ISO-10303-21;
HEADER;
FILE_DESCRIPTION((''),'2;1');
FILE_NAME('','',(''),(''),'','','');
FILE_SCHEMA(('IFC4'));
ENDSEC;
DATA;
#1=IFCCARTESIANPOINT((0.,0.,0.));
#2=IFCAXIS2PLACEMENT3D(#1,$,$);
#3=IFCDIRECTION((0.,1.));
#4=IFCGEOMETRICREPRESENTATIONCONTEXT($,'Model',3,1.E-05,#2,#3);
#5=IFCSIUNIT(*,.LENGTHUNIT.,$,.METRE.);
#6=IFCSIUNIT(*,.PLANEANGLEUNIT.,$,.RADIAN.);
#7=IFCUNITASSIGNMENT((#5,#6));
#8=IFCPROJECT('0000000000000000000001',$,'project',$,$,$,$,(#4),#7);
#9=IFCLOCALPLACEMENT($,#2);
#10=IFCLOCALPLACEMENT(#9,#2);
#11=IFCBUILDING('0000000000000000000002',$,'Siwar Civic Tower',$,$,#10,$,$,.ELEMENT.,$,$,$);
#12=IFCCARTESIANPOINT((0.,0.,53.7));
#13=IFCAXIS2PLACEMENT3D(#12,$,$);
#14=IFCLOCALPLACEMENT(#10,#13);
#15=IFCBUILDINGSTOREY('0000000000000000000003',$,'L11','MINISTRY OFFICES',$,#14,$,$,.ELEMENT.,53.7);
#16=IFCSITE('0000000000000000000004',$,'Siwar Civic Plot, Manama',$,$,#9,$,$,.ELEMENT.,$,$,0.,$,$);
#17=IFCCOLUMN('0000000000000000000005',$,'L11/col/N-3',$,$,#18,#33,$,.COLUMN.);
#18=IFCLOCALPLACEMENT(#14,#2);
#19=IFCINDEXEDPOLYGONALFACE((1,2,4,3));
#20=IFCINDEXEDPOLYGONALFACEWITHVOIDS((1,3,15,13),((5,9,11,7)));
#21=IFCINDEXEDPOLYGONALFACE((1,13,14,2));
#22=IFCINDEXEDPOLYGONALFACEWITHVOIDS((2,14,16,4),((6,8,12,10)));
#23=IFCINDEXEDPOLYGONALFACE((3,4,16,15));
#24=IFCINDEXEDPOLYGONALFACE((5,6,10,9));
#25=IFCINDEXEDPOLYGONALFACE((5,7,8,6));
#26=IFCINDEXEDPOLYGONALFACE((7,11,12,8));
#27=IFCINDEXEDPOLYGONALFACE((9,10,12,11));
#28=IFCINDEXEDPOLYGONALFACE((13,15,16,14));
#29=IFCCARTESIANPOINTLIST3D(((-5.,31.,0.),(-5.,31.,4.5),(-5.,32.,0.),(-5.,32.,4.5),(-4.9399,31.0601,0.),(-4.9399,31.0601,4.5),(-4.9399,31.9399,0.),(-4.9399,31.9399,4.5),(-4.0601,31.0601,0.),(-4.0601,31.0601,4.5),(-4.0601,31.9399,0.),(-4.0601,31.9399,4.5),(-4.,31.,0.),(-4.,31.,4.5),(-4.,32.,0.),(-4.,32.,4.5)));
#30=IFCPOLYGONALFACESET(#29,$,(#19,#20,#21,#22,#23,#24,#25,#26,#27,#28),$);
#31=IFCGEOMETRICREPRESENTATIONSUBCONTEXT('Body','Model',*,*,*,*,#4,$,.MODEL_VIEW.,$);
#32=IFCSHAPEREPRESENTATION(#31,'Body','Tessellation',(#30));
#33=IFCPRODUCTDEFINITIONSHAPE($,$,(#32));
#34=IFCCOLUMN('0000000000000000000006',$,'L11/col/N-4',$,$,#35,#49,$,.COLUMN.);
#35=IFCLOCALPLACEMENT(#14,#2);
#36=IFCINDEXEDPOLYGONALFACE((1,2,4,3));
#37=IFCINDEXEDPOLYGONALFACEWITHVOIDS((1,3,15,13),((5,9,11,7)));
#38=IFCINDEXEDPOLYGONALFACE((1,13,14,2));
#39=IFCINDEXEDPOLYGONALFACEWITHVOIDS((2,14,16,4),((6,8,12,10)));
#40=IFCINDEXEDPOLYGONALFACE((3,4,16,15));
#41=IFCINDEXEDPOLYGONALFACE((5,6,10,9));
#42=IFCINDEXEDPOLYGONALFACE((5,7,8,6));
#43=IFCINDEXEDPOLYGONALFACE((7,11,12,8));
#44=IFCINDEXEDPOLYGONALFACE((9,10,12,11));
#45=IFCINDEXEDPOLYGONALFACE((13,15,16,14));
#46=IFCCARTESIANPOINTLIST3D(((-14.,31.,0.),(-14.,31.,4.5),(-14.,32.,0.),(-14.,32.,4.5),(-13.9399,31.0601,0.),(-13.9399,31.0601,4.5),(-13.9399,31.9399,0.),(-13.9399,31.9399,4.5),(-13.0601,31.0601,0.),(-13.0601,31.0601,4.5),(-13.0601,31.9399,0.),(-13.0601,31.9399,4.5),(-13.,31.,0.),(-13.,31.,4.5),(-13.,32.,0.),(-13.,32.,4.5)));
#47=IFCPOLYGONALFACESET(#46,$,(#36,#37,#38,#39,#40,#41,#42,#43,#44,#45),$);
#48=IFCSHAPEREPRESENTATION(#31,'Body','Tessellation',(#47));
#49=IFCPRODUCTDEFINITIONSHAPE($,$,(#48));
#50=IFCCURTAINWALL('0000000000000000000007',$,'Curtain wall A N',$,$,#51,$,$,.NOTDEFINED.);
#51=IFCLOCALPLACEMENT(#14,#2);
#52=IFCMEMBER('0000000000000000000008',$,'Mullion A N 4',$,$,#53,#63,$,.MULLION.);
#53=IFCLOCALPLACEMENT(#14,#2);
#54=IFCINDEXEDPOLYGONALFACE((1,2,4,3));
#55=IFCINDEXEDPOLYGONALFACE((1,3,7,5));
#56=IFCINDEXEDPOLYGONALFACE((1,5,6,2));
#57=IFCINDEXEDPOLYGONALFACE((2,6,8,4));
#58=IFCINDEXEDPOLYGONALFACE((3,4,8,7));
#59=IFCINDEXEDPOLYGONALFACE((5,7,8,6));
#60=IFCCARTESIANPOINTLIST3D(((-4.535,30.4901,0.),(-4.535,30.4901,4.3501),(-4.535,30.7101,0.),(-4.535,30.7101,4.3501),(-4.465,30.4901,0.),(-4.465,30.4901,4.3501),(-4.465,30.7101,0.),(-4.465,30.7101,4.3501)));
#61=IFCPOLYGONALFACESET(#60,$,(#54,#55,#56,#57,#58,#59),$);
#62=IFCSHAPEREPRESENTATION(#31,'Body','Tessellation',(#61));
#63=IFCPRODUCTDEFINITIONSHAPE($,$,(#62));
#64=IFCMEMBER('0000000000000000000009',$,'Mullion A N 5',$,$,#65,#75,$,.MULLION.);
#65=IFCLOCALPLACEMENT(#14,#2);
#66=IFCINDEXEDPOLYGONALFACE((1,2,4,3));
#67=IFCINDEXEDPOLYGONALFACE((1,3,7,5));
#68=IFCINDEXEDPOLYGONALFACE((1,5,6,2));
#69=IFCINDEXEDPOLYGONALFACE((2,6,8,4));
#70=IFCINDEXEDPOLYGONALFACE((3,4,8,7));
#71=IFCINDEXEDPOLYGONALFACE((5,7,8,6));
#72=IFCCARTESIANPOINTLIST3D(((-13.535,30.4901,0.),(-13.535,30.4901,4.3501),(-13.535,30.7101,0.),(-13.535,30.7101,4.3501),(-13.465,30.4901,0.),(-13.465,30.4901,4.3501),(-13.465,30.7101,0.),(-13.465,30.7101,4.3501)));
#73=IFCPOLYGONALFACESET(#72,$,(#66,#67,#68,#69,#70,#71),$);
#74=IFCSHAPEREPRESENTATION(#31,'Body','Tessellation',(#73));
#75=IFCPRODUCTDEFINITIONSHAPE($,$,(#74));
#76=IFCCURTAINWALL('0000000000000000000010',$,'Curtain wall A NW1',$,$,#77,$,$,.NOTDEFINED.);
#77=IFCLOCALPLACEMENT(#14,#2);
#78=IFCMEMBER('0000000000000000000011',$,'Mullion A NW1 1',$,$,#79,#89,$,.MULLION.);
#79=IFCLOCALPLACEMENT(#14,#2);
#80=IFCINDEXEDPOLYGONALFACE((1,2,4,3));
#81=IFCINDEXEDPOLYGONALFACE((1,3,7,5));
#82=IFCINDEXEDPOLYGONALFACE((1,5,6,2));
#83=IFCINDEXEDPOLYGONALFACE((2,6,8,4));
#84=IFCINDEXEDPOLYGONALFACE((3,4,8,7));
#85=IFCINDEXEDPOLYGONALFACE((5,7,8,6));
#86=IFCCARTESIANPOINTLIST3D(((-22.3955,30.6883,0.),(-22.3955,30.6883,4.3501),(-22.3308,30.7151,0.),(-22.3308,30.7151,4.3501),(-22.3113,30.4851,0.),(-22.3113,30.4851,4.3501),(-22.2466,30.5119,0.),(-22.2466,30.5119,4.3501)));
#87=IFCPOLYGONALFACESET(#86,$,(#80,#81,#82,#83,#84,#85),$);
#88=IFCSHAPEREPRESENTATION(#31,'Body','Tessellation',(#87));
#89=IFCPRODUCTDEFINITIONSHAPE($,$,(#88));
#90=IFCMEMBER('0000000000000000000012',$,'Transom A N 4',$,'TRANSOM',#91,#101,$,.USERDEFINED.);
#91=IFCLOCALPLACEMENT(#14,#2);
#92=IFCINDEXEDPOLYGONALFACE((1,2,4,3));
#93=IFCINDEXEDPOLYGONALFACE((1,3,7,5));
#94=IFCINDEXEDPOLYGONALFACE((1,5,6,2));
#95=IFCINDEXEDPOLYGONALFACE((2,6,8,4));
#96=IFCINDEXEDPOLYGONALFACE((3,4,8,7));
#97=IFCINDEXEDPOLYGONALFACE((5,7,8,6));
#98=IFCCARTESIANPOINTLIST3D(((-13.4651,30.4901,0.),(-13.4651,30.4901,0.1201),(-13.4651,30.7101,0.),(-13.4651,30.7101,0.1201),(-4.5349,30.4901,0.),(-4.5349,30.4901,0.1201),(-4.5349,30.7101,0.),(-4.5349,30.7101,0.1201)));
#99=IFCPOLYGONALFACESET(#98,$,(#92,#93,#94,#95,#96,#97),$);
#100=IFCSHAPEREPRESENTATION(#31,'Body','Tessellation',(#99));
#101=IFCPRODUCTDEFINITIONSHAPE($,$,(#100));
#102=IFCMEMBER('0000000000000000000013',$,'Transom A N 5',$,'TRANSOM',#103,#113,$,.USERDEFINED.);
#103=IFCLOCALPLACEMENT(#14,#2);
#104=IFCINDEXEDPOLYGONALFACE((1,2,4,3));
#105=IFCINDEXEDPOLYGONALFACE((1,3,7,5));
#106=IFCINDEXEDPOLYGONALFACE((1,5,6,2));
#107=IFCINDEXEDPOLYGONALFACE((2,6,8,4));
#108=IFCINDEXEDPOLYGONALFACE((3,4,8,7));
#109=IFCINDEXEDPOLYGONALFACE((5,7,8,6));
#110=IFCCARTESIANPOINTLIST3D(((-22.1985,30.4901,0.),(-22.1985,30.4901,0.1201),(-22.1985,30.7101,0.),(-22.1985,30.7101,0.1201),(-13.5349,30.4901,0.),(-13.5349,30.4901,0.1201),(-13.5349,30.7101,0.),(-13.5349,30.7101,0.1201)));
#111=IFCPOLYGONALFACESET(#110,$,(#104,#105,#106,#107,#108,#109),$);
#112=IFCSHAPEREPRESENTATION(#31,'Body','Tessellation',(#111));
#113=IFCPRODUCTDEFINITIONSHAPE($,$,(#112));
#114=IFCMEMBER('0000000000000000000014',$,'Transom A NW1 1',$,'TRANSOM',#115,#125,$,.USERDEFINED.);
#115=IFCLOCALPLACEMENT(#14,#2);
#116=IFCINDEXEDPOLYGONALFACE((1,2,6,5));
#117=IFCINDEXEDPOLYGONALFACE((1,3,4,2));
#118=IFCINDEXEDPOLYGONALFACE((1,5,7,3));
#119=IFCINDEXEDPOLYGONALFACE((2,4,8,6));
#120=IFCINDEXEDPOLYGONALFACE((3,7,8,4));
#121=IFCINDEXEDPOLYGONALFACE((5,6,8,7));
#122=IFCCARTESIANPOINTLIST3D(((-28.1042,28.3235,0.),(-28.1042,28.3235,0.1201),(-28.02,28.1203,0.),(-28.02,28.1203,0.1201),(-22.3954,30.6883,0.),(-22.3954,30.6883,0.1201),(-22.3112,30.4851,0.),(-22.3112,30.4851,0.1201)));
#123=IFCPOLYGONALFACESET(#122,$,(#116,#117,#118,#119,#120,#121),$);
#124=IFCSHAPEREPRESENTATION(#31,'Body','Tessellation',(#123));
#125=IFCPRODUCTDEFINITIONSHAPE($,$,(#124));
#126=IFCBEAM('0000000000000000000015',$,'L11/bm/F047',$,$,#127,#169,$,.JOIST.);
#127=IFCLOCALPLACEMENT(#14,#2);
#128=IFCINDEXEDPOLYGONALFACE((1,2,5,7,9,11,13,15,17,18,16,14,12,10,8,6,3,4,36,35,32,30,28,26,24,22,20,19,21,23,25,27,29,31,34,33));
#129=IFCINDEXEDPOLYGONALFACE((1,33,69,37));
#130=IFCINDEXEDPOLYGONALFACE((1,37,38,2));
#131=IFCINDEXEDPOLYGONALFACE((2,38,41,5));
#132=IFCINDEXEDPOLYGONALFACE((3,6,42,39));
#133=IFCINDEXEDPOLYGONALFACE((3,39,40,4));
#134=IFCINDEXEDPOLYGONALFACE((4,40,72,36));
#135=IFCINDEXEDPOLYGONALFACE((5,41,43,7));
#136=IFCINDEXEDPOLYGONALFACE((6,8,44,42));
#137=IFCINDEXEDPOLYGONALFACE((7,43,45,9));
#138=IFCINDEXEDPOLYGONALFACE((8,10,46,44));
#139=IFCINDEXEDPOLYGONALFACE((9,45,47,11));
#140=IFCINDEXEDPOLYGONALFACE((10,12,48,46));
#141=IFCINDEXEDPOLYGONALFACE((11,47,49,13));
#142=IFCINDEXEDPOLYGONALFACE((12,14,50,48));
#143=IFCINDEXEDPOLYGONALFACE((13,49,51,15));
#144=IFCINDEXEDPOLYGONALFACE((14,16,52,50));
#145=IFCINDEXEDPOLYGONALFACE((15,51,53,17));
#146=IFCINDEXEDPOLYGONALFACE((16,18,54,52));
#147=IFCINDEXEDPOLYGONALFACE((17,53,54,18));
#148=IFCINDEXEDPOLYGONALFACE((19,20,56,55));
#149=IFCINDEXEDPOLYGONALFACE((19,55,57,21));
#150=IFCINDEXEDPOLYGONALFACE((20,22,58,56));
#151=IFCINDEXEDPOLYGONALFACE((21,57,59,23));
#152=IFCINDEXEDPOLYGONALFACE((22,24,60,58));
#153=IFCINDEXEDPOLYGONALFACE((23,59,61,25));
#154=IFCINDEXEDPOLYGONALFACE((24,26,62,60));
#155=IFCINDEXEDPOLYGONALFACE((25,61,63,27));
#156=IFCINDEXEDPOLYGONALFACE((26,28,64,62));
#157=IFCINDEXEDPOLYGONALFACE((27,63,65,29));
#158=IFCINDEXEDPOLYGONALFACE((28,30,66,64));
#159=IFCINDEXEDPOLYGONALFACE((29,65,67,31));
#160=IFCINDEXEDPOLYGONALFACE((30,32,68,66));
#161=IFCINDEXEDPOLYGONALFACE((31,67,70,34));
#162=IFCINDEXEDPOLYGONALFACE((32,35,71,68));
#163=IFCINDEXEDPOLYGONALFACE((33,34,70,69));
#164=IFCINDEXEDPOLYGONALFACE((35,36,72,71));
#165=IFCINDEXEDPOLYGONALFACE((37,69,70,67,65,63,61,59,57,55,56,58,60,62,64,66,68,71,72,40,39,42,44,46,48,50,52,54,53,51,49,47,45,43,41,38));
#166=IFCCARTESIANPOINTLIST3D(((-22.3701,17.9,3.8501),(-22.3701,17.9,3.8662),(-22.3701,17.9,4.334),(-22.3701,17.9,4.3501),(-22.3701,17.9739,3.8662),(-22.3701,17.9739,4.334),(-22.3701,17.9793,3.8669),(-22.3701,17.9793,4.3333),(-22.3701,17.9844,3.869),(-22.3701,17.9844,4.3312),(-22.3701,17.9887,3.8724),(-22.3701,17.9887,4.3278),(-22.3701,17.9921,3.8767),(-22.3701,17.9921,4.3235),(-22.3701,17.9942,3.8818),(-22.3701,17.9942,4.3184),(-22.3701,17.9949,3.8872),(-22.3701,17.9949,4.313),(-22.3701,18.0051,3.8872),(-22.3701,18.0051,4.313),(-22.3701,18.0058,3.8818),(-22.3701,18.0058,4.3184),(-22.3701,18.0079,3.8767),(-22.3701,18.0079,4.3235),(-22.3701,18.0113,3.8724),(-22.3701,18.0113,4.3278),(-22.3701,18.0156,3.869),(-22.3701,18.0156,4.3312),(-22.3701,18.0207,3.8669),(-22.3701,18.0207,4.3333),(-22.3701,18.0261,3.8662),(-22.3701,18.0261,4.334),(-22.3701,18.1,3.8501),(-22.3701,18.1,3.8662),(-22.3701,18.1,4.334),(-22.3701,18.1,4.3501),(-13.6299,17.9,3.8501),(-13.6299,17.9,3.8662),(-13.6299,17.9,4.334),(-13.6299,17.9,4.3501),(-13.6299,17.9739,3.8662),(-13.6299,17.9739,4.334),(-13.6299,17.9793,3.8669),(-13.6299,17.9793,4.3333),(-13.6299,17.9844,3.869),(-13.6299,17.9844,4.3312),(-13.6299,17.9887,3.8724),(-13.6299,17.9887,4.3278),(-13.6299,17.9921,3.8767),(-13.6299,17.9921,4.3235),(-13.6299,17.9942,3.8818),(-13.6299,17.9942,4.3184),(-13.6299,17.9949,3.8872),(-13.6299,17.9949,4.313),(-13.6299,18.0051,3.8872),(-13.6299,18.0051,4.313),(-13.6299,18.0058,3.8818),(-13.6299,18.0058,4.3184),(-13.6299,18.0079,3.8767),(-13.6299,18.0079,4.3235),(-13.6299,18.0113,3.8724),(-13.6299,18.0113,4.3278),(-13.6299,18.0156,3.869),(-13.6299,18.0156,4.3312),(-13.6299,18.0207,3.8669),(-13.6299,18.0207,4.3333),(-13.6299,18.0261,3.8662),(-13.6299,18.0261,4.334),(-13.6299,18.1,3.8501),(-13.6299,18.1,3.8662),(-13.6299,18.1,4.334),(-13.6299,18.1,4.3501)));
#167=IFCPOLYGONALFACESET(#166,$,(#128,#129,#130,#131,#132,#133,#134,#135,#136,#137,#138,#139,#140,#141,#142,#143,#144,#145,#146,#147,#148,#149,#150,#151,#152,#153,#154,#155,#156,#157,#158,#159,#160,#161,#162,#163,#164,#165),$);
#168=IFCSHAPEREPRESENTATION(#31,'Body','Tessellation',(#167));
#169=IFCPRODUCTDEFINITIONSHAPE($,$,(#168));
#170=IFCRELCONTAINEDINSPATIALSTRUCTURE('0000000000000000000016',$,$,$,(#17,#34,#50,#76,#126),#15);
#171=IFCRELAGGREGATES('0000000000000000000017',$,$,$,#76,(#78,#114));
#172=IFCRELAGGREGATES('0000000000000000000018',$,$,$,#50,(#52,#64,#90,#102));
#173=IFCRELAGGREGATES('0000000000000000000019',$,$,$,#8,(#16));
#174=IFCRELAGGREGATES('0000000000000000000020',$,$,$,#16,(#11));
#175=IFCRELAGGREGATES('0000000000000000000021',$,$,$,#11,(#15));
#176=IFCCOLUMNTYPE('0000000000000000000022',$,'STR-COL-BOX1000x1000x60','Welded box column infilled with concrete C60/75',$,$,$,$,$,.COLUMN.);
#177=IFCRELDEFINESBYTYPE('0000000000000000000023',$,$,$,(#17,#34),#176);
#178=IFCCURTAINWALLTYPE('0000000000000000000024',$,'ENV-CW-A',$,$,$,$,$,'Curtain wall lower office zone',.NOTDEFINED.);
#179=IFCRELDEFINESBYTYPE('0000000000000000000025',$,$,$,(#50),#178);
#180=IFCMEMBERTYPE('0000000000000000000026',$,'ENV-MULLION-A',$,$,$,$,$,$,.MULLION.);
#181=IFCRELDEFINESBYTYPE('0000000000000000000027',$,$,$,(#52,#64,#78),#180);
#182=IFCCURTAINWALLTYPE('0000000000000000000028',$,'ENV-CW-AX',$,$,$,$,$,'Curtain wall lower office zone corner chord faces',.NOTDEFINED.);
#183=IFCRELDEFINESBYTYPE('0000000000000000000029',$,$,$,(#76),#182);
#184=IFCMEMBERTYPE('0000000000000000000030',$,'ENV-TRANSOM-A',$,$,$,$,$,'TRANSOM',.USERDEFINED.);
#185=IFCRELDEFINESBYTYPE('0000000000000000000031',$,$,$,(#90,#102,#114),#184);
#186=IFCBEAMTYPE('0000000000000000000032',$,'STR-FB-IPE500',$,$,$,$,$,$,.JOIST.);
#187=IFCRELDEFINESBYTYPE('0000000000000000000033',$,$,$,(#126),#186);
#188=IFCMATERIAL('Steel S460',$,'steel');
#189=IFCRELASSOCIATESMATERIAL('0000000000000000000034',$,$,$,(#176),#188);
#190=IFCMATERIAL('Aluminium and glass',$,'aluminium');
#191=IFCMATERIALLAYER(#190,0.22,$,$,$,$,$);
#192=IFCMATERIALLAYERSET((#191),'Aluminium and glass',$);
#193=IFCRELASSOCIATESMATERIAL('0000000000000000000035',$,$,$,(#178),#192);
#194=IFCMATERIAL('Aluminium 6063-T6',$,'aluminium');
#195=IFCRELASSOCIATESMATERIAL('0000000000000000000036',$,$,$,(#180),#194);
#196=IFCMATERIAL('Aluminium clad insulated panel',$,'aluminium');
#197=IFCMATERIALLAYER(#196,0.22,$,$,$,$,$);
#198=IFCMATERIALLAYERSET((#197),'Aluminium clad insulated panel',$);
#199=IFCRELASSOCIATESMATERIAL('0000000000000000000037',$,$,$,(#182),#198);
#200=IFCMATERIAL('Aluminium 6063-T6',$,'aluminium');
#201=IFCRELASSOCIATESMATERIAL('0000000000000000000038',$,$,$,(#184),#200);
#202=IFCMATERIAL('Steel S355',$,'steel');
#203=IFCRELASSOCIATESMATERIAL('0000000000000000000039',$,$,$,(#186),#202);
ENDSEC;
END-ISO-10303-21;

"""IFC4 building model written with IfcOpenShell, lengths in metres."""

from ifc_helpers import new_model, si_unit, direction, frame, origin, origin_2d, place, context, subcontext, project, spatial, rectangle, hollow_rectangle, i_section, extrude, material, layer, layer_set, material_profile, profile_set, type_object, element, aggregate, save


model = new_model("IFC4")

# Units and contexts
model_context = context("Model", 3, precision=1e-05, world=origin(), true_north=direction((0.0, 1.0)))
body_context = subcontext(model_context, "Body", "Model", "MODEL_VIEW")
ifc_project = project(units=[si_unit("LENGTHUNIT", "METRE"), si_unit("PLANEANGLEUNIT", "RADIAN")], contexts=[model_context])

# Site, building, storey
site_placement = place(None, origin())
site = spatial("IfcSite", under=ifc_project, at=site_placement, Name="Siwar Civic Plot, Manama", CompositionType="ELEMENT", RefElevation=0.0)
building_placement = place(site_placement, origin())
building = spatial("IfcBuilding", under=site, at=building_placement, Name="Siwar Civic Tower", CompositionType="ELEMENT")
storey_placement = place(building_placement, frame((0.0, 0.0, 53.7)))
storey = spatial("IfcBuildingStorey", under=building, at=storey_placement, Name="L11", Description="MINISTRY OFFICES", CompositionType="ELEMENT", Elevation=53.7)

# Columns
ifc_material_1 = material(Name="Steel S460", Category="steel")
ifc_material_profile_1 = material_profile(ifc_material_1, hollow_rectangle(XDim=1.0, YDim=1.0, WallThickness=0.0601, at=origin_2d()), Name="BOX1000x1000x60")
ifc_profile_set_1 = profile_set([ifc_material_profile_1], Name="Steel S460")
column_type = type_object("IfcColumnType", Name="STR-COL-BOX1000x1000x60", Description="Welded box column infilled with concrete C60/75", PredefinedType="COLUMN", material=ifc_profile_set_1)
for number, where, z_axis, x_axis, name in (
    (1, (-4.5, 31.5, 0.0), (0.0, 0.0, 1.0), (1.0, 0.0, 0.0), "L11/col/N-3"),
    (2, (-13.5, 31.5, 0.0), (0.0, 0.0, 1.0), (1.0, 0.0, 0.0), "L11/col/N-4"),
):
    element("IfcColumn", number, at=place(storey_placement, frame(where, z_axis=z_axis, x_axis=x_axis)), inside=storey, type_object=column_type, Name=name, PredefinedType="COLUMN", context=body_context, shape_type="SweptSolid", body=[
        extrude(hollow_rectangle(XDim=1.0, YDim=1.0, WallThickness=0.0601, at=origin_2d()), origin(), (0.0, 0.0, 1.0), 4.5),
    ])

# Curtain wall, members
ifc_material_2 = material(Name="Aluminium and glass", Category="aluminium")
ifc_layer_1 = layer(ifc_material_2, 0.22)
ifc_layer_set_1 = layer_set([ifc_layer_1], Name="Aluminium and glass")
curtain_wall_type_1 = type_object("IfcCurtainWallType", Name="ENV-CW-A", ElementType="Curtain wall lower office zone", PredefinedType="NOTDEFINED", material=ifc_layer_set_1)
curtain_wall_1_placement = place(storey_placement, origin())
curtain_wall_1 = element("IfcCurtainWall", 3, at=curtain_wall_1_placement, inside=storey, type_object=curtain_wall_type_1, Name="Curtain wall A N", PredefinedType="NOTDEFINED")
ifc_material_3 = material(Name="Aluminium 6063-T6", Category="aluminium")
ifc_material_profile_2 = material_profile(ifc_material_3, rectangle(XDim=0.22, YDim=0.0701, at=origin_2d()), Name="AL 220x70")
ifc_profile_set_2 = profile_set([ifc_material_profile_2], Name="Aluminium 6063-T6")
member_type_1 = type_object("IfcMemberType", Name="ENV-MULLION-A", PredefinedType="MULLION", material=ifc_profile_set_2)
member_1_placement = place(storey_placement, frame((-4.5, 30.6001, 0.0), z_axis=(0.0, 0.0, 1.0), x_axis=(0.0, -1.0, 0.0)))
member_1 = element("IfcMember", 4, at=member_1_placement, type_object=member_type_1, Name="Mullion A N 4", PredefinedType="MULLION", context=body_context, shape_type="SweptSolid", body=[
    extrude(rectangle(XDim=0.22, YDim=0.0701, at=origin_2d()), origin(), (0.0, 0.0, 1.0), 4.3501),
])
member_2_placement = place(storey_placement, frame((-13.5, 30.6001, 0.0), z_axis=(0.0, 0.0, 1.0), x_axis=(0.0, -1.0, 0.0)))
member_2 = element("IfcMember", 5, at=member_2_placement, type_object=member_type_1, Name="Mullion A N 5", PredefinedType="MULLION", context=body_context, shape_type="SweptSolid", body=[
    extrude(rectangle(XDim=0.22, YDim=0.0701, at=origin_2d()), origin(), (0.0, 0.0, 1.0), 4.3501),
])

# Curtain wall, member
ifc_material_4 = material(Name="Aluminium clad insulated panel", Category="aluminium")
ifc_layer_2 = layer(ifc_material_4, 0.22)
ifc_layer_set_2 = layer_set([ifc_layer_2], Name="Aluminium clad insulated panel")
curtain_wall_type_2 = type_object("IfcCurtainWallType", Name="ENV-CW-AX", ElementType="Curtain wall lower office zone corner chord faces", PredefinedType="NOTDEFINED", material=ifc_layer_set_2)
curtain_wall_2_placement = place(storey_placement, origin())
curtain_wall_2 = element("IfcCurtainWall", 6, at=curtain_wall_2_placement, inside=storey, type_object=curtain_wall_type_2, Name="Curtain wall A NW1", PredefinedType="NOTDEFINED")
member_3_placement = place(storey_placement, frame((-22.321, 30.6001, 0.0), z_axis=(0.0, 0.0, 1.0), x_axis=(0.382683, -0.92388, 0.0)))
member_3 = element("IfcMember", 7, at=member_3_placement, type_object=member_type_1, Name="Mullion A NW1 1", PredefinedType="MULLION", context=body_context, shape_type="SweptSolid", body=[
    extrude(rectangle(XDim=0.22, YDim=0.0701, at=origin_2d()), origin(), (0.0, 0.0, 1.0), 4.3501),
])

# Members
ifc_material_5 = material(Name="Aluminium 6063-T6", Category="aluminium")
ifc_material_profile_3 = material_profile(ifc_material_5, rectangle(XDim=0.22, YDim=0.1201, at=origin_2d()), Name="AL 220x120")
ifc_profile_set_3 = profile_set([ifc_material_profile_3], Name="Aluminium 6063-T6")
member_type_2 = type_object("IfcMemberType", Name="ENV-TRANSOM-A", ElementType="TRANSOM", PredefinedType="USERDEFINED", material=ifc_profile_set_3)
member_4_placement = place(storey_placement, frame((-4.5349, 30.6001, 0.0601), z_axis=(-1.0, 0.0, 0.0), x_axis=(0.0, -1.0, 0.0)))
member_4 = element("IfcMember", 8, at=member_4_placement, type_object=member_type_2, Name="Transom A N 4", ObjectType="TRANSOM", PredefinedType="USERDEFINED", context=body_context, shape_type="SweptSolid", body=[
    extrude(rectangle(XDim=0.22, YDim=0.1201, at=origin_2d()), origin(), (0.0, 0.0, 1.0), 8.9302),
])
member_5_placement = place(storey_placement, frame((-13.5349, 30.6001, 0.0601), z_axis=(-1.0, 0.0, 0.0), x_axis=(0.0, -1.0, 0.0)))
member_5 = element("IfcMember", 9, at=member_5_placement, type_object=member_type_2, Name="Transom A N 5", ObjectType="TRANSOM", PredefinedType="USERDEFINED", context=body_context, shape_type="SweptSolid", body=[
    extrude(rectangle(XDim=0.22, YDim=0.1201, at=origin_2d()), origin(), (0.0, 0.0, 1.0), 8.6636),
])
member_6_placement = place(storey_placement, frame((-22.3533, 30.5867, 0.0601), z_axis=(-0.923873, -0.382698, 0.0), x_axis=(0.382698, -0.923873, 0.0)))
member_6 = element("IfcMember", 10, at=member_6_placement, type_object=member_type_2, Name="Transom A NW1 1", ObjectType="TRANSOM", PredefinedType="USERDEFINED", context=body_context, shape_type="SweptSolid", body=[
    extrude(rectangle(XDim=0.22, YDim=0.1201, at=origin_2d()), origin(), (0.0, 0.0, 1.0), 6.1792),
])
aggregate(curtain_wall_2, [member_3, member_6])

# Beam
ifc_material_6 = material(Name="Steel S355", Category="steel")
ifc_material_profile_4 = material_profile(ifc_material_6, i_section(OverallWidth=0.2, OverallDepth=0.5, WebThickness=0.0103, FlangeThickness=0.0161, FilletRadius=0.021, at=origin_2d()), Name="IPE500")
ifc_profile_set_4 = profile_set([ifc_material_profile_4], Name="Steel S355")
beam_type_1 = type_object("IfcBeamType", Name="STR-FB-IPE500", PredefinedType="JOIST", material=ifc_profile_set_4)
for number, where, z_axis, x_axis, name in (
    (11, (-22.3701, 18.0, 4.1001), (1.0, 0.0, 0.0), (0.0, 1.0, 0.0), "L11/bm/F047"),
):
    element("IfcBeam", number, at=place(storey_placement, frame(where, z_axis=z_axis, x_axis=x_axis)), inside=storey, type_object=beam_type_1, Name=name, PredefinedType="JOIST", context=body_context, shape_type="SweptSolid", body=[
        extrude(i_section(OverallWidth=0.2, OverallDepth=0.5, WebThickness=0.0103, FlangeThickness=0.0161, FilletRadius=0.021, at=origin_2d()), origin(), (0.0, 0.0, 1.0), 8.7402),
    ])

aggregate(curtain_wall_1, [member_1, member_2, member_4, member_5])

save(model, "model.ifc")
